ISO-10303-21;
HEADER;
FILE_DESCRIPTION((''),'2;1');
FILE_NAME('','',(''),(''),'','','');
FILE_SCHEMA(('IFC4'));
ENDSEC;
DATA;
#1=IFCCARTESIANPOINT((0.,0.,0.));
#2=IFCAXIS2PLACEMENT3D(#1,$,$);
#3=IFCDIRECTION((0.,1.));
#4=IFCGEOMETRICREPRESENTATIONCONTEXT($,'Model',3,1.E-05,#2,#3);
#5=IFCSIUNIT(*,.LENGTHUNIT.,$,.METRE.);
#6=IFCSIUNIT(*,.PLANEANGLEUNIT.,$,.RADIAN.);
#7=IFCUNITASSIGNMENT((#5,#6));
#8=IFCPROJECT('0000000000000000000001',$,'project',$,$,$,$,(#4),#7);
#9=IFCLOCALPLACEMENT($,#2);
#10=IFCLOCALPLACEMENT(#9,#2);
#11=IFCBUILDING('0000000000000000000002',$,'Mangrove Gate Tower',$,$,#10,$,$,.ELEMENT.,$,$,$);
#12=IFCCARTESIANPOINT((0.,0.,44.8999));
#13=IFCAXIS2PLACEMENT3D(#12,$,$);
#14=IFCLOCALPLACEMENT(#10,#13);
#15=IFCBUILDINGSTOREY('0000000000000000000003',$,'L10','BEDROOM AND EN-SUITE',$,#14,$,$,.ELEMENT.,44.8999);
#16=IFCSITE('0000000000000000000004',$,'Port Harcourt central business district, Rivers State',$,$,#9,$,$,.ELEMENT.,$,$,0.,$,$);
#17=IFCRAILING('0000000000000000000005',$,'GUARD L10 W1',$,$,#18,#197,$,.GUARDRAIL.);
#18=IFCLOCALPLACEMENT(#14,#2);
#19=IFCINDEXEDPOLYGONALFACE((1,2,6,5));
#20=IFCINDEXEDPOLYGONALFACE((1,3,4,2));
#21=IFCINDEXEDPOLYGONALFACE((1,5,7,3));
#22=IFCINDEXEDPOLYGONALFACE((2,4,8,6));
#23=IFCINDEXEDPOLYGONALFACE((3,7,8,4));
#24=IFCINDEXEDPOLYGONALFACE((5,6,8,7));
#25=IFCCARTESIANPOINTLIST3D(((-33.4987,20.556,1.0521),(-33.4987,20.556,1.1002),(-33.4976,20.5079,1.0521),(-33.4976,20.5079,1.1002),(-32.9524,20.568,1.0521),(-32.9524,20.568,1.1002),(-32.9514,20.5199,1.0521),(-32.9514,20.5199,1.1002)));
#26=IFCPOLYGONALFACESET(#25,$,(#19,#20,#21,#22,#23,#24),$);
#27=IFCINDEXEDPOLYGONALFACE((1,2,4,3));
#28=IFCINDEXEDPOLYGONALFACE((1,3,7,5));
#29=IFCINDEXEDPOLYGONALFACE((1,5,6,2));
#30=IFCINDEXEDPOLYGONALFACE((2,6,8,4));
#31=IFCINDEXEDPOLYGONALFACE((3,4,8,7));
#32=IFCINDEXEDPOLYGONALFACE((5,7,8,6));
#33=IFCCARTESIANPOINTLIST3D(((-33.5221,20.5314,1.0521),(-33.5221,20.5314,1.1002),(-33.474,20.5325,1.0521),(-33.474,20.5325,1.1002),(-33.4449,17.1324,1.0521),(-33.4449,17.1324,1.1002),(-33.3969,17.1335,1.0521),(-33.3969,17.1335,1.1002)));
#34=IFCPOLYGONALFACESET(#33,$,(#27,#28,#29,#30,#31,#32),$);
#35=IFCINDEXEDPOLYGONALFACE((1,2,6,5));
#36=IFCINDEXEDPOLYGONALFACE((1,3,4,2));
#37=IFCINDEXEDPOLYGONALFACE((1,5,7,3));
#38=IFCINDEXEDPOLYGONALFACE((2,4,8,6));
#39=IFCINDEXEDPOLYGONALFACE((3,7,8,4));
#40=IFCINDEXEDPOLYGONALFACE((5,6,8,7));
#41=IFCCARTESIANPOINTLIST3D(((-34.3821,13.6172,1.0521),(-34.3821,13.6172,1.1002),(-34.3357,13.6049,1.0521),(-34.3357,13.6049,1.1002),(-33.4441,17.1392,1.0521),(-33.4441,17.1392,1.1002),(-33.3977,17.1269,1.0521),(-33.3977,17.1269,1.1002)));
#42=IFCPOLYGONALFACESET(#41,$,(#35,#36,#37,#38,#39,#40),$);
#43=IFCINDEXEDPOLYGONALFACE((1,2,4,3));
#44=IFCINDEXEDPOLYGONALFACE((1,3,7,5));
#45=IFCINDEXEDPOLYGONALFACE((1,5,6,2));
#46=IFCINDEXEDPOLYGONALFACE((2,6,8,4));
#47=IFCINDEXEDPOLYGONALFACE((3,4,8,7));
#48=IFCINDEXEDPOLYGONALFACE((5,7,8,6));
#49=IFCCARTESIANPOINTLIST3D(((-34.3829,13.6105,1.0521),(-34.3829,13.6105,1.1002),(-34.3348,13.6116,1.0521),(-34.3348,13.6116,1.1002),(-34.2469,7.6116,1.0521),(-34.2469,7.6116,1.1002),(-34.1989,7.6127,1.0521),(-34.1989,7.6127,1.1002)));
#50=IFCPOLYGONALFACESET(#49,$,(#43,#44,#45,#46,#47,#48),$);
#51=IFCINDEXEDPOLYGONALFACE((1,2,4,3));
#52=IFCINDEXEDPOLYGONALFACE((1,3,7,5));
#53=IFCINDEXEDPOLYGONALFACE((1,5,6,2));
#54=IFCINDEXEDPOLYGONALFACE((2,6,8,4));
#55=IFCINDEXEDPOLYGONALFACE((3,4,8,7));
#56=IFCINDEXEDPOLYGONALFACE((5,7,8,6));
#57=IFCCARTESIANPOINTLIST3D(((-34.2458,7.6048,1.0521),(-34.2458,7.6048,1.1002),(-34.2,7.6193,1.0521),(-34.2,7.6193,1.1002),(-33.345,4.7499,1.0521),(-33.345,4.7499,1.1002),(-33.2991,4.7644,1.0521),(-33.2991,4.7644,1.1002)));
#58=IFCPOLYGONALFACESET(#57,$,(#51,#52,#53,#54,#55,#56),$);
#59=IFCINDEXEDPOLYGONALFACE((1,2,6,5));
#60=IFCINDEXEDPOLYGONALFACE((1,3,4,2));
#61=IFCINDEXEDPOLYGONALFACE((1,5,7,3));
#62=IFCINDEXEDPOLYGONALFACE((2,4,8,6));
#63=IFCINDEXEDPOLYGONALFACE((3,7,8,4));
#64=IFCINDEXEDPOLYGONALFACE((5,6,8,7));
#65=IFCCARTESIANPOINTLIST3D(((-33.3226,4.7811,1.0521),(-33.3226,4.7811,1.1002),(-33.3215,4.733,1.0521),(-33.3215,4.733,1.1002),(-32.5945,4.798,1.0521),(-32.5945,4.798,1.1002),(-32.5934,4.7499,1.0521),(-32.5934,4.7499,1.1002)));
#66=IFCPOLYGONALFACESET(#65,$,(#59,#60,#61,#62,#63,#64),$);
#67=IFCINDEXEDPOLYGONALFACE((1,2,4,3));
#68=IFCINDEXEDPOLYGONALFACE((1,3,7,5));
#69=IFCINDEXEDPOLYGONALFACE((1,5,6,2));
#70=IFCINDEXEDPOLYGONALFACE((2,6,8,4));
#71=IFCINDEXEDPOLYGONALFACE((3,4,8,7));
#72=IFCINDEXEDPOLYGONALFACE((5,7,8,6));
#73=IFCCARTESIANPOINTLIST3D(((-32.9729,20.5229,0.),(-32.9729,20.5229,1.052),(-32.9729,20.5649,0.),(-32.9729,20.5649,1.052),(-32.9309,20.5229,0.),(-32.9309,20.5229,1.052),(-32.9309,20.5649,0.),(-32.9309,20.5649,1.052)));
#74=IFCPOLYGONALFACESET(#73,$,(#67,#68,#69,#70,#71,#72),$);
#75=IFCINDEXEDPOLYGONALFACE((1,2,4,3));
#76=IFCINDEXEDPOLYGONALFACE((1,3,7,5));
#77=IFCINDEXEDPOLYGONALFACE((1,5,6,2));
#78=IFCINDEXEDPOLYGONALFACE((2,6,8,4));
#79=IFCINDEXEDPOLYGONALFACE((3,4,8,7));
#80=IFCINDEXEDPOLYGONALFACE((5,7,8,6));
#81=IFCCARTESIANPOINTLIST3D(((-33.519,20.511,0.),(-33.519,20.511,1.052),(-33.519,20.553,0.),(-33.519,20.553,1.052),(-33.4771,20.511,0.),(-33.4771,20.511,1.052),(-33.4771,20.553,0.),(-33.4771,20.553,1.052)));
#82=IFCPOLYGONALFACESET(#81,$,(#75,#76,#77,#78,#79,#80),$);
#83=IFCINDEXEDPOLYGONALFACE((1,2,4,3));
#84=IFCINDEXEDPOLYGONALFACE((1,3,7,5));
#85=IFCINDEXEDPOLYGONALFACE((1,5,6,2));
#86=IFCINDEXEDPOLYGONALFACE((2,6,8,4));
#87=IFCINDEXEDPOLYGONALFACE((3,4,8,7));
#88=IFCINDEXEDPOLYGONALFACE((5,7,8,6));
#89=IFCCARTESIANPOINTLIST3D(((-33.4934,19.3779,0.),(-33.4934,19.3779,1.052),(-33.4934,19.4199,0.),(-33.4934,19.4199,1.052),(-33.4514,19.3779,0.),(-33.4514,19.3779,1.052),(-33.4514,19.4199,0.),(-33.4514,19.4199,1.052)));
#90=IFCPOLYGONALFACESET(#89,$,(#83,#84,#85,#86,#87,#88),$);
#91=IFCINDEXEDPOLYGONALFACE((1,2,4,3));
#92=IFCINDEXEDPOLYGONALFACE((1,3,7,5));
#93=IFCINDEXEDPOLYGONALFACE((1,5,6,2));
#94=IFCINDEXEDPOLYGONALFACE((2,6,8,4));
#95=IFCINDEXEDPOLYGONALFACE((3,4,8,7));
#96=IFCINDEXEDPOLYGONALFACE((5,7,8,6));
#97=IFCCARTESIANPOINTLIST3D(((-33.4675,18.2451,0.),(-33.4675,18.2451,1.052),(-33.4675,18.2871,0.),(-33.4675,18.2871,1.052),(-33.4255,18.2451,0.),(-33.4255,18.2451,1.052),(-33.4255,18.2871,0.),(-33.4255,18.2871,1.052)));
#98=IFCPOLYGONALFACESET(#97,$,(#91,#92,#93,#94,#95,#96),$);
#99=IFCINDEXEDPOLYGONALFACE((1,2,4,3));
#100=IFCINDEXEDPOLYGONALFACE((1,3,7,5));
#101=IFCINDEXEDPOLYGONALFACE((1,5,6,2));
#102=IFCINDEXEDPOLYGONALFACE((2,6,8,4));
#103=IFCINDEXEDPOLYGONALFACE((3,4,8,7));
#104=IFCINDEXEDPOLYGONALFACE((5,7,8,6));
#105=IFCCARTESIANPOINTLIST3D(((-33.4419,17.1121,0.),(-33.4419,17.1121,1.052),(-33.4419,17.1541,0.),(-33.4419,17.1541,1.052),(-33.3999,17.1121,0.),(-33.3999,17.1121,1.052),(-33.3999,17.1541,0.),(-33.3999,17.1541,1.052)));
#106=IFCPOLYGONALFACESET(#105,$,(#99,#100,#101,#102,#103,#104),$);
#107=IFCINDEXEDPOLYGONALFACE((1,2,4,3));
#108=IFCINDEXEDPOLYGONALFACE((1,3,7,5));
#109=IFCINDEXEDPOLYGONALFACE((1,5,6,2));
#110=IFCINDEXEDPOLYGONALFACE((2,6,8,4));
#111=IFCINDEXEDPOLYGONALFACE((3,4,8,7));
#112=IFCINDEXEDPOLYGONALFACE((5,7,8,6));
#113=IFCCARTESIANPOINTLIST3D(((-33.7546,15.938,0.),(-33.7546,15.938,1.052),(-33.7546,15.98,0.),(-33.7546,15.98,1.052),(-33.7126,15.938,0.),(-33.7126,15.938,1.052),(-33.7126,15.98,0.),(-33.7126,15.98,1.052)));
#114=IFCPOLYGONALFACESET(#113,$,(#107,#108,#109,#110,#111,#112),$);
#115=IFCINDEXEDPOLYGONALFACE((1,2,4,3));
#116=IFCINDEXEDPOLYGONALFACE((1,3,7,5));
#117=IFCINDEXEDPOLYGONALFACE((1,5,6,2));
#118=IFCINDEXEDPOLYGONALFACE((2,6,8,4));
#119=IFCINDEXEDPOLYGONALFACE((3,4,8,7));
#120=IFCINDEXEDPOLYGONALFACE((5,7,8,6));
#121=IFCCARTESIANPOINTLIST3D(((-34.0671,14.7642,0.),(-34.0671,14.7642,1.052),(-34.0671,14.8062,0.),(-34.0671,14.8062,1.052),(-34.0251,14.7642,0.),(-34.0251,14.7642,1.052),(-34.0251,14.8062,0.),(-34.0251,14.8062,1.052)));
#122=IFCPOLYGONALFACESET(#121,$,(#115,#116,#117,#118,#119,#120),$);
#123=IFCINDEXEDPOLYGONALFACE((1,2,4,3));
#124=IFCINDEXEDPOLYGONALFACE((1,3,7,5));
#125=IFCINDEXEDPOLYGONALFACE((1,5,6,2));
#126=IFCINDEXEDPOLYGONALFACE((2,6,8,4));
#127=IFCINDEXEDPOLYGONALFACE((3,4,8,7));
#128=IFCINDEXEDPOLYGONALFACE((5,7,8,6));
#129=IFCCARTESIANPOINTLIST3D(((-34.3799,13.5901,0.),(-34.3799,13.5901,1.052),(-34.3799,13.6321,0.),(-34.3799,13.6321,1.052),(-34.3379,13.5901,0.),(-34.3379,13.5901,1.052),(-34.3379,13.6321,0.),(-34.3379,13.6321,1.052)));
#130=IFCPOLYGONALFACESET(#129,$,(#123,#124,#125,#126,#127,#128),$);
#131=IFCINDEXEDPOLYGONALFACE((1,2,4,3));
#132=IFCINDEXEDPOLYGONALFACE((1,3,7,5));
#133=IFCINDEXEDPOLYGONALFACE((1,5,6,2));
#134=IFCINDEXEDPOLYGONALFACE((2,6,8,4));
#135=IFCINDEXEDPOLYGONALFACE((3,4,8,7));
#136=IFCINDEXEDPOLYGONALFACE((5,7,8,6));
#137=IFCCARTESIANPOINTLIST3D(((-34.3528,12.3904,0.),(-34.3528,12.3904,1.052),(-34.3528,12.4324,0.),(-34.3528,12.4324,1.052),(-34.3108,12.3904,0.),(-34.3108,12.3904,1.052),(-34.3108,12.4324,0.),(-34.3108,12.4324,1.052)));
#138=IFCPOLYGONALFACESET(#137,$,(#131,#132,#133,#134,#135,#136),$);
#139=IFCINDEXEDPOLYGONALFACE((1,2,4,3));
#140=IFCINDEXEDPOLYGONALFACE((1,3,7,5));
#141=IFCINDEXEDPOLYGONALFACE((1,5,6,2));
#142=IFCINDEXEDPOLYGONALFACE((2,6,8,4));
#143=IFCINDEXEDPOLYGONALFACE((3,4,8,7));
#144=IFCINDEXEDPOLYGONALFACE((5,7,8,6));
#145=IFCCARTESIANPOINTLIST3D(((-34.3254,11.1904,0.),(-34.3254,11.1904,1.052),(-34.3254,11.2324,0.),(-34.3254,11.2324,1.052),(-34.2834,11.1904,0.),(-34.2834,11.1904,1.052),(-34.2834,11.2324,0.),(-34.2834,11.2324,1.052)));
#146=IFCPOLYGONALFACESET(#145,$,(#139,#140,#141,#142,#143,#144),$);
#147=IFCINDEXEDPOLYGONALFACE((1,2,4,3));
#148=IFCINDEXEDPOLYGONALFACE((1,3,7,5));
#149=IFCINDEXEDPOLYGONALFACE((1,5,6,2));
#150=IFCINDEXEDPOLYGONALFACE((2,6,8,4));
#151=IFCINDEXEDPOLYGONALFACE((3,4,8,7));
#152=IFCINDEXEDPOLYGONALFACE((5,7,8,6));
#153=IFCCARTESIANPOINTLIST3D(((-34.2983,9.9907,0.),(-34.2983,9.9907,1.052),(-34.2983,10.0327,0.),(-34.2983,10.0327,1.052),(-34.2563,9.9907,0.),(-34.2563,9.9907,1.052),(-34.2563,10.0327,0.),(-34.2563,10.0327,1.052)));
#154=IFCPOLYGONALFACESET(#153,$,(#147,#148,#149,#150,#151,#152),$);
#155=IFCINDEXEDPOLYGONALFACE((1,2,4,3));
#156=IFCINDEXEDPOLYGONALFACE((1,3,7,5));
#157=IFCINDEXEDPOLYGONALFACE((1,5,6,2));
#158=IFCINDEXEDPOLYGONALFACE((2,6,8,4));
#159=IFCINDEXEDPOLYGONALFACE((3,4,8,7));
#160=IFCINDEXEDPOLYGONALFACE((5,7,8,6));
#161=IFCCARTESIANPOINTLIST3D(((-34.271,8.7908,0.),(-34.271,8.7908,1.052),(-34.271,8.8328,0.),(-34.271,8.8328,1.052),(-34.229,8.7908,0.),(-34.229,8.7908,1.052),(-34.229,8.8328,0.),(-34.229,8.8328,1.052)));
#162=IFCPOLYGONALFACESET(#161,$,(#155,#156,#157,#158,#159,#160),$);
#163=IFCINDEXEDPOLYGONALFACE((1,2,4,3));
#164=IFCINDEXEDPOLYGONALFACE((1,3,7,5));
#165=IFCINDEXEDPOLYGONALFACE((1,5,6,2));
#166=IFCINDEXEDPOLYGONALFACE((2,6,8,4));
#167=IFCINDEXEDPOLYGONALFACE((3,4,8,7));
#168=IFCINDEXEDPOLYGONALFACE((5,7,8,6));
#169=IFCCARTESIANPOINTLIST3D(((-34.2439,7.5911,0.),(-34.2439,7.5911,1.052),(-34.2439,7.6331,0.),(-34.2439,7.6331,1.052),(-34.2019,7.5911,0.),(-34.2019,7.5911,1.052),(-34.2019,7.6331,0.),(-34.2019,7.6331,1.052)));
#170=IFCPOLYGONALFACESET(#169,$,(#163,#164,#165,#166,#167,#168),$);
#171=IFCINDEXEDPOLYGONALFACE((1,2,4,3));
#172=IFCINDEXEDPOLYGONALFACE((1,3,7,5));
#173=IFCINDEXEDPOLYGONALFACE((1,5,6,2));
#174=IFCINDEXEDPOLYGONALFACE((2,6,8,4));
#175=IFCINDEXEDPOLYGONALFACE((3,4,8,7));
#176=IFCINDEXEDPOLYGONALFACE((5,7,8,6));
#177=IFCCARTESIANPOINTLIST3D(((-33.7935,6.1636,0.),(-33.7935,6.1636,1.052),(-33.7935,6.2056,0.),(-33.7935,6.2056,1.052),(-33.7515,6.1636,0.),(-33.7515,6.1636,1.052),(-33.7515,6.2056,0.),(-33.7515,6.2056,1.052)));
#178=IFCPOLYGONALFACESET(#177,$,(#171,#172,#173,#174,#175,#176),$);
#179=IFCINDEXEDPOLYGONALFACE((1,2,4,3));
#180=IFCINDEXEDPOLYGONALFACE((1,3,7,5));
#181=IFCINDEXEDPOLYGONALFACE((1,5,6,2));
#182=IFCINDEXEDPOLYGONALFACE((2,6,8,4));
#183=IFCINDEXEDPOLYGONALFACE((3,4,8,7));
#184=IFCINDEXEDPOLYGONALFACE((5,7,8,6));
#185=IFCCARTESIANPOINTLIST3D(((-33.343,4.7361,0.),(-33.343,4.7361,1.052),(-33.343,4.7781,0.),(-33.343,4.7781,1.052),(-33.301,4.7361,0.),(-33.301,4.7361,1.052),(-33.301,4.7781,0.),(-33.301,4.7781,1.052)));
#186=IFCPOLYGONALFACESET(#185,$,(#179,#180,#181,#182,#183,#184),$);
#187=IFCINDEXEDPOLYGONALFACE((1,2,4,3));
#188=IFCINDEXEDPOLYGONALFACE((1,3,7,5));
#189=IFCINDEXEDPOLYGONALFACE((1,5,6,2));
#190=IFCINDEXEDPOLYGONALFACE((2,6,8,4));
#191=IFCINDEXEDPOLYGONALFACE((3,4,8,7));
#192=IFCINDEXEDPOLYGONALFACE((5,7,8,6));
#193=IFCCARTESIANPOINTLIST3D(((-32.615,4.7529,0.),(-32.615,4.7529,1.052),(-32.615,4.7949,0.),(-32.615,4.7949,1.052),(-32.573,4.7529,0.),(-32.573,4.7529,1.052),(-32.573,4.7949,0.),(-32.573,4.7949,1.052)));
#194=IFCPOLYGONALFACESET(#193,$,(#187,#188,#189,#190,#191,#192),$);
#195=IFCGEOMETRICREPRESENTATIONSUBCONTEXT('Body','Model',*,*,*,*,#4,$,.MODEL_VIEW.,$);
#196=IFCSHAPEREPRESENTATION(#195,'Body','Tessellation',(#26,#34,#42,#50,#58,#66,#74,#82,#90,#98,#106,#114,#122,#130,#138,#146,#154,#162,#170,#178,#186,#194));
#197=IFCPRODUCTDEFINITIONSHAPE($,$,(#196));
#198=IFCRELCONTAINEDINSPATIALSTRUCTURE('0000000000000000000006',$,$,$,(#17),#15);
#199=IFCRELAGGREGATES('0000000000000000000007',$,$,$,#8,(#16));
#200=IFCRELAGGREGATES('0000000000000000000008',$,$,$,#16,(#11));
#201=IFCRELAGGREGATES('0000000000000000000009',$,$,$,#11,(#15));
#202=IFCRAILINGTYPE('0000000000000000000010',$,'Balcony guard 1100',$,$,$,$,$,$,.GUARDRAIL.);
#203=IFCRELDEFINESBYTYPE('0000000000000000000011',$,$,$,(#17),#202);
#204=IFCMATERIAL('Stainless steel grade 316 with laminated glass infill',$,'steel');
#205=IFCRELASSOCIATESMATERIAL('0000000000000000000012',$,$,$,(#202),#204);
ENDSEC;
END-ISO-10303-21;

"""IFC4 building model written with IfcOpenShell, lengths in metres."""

from ifc_helpers import new_model, si_unit, direction, frame, origin, origin_2d, place, context, subcontext, project, spatial, rectangle, extrude, material, type_object, element, save


model = new_model("IFC4")

# Units and contexts
model_context = context("Model", 3, precision=1e-05, world=origin(), true_north=direction((0.0, 1.0)))
body_context = subcontext(model_context, "Body", "Model", "MODEL_VIEW")
ifc_project = project(units=[si_unit("LENGTHUNIT", "METRE"), si_unit("PLANEANGLEUNIT", "RADIAN")], contexts=[model_context])

# Site, building, storey
site_placement = place(None, origin())
site = spatial("IfcSite", under=ifc_project, at=site_placement, Name="Port Harcourt central business district, Rivers State", CompositionType="ELEMENT", RefElevation=0.0)
building_placement = place(site_placement, origin())
building = spatial("IfcBuilding", under=site, at=building_placement, Name="Mangrove Gate Tower", CompositionType="ELEMENT")
storey_placement = place(building_placement, frame((0.0, 0.0, 44.8999)))
storey = spatial("IfcBuildingStorey", under=building, at=storey_placement, Name="L10", Description="BEDROOM AND EN-SUITE", CompositionType="ELEMENT", Elevation=44.8999)

# Railing
ifc_material_1 = material(Name="Stainless steel grade 316 with laminated glass infill", Category="steel")
railing_type = type_object("IfcRailingType", Name="Balcony guard 1100", PredefinedType="GUARDRAIL", material=ifc_material_1)
railing_placement = place(storey_placement, frame((-32.9519, 20.5439, 0.0)))
element("IfcRailing", 1, at=railing_placement, inside=storey, type_object=railing_type, Name="GUARD L10 W1", PredefinedType="GUARDRAIL", context=body_context, shape_type="SweptSolid", body=[
    extrude(rectangle(XDim=0.0481, YDim=0.0481, at=origin_2d()), frame((0.0, 0.0, 1.0762), z_axis=(-0.99976, -0.021899, 0.0), x_axis=(0.021899, -0.99976, 0.0)), (0.0, 0.0, 1.0), 0.5464),
    extrude(rectangle(XDim=0.0481, YDim=0.0481, at=origin_2d()), frame((-0.5461, -0.012, 1.0762), z_axis=(0.022692, -0.999743, 0.0), x_axis=(0.999743, 0.022692, 0.0)), (0.0, 0.0, 1.0), 3.3999),
    extrude(rectangle(XDim=0.0481, YDim=0.0481, at=origin_2d()), frame((-0.469, -3.4109, 1.0762), z_axis=(-0.257354, -0.966317, 0.0), x_axis=(0.966317, -0.257354, 0.0)), (0.0, 0.0, 1.0), 3.6448),
    extrude(rectangle(XDim=0.0481, YDim=0.0481, at=origin_2d()), frame((-1.407, -6.9329, 1.0762), z_axis=(0.022662, -0.999743, 0.0), x_axis=(0.999743, 0.022662, 0.0)), (0.0, 0.0, 1.0), 6.0005),
    extrude(rectangle(XDim=0.0481, YDim=0.0481, at=origin_2d()), frame((-1.271, -12.9319, 1.0762), z_axis=(0.300921, -0.953649, 0.0), x_axis=(0.953649, 0.300921, 0.0)), (0.0, 0.0, 1.0), 2.9937),
    extrude(rectangle(XDim=0.0481, YDim=0.0481, at=origin_2d()), frame((-0.3701, -15.7869, 1.0762), z_axis=(0.999732, 0.023133, 0.0), x_axis=(-0.023133, 0.999732, 0.0)), (0.0, 0.0, 1.0), 0.7283),
    extrude(rectangle(XDim=0.042, YDim=0.042, at=origin_2d()), origin(), (0.0, 0.0, 1.0), 1.052),
    extrude(rectangle(XDim=0.042, YDim=0.042, at=origin_2d()), frame((-0.5461, -0.012, 0.0)), (0.0, 0.0, 1.0), 1.052),
    extrude(rectangle(XDim=0.042, YDim=0.042, at=origin_2d()), frame((-0.5205, -1.145, 0.0)), (0.0, 0.0, 1.0), 1.052),
    extrude(rectangle(XDim=0.042, YDim=0.042, at=origin_2d()), frame((-0.4946, -2.2778, 0.0)), (0.0, 0.0, 1.0), 1.052),
    extrude(rectangle(XDim=0.042, YDim=0.042, at=origin_2d()), frame((-0.469, -3.4109, 0.0)), (0.0, 0.0, 1.0), 1.052),
    extrude(rectangle(XDim=0.042, YDim=0.042, at=origin_2d()), frame((-0.7817, -4.585, 0.0)), (0.0, 0.0, 1.0), 1.052),
    extrude(rectangle(XDim=0.042, YDim=0.042, at=origin_2d()), frame((-1.0942, -5.7588, 0.0)), (0.0, 0.0, 1.0), 1.052),
    extrude(rectangle(XDim=0.042, YDim=0.042, at=origin_2d()), frame((-1.407, -6.9329, 0.0)), (0.0, 0.0, 1.0), 1.052),
    extrude(rectangle(XDim=0.042, YDim=0.042, at=origin_2d()), frame((-1.3799, -8.1326, 0.0)), (0.0, 0.0, 1.0), 1.052),
    extrude(rectangle(XDim=0.042, YDim=0.042, at=origin_2d()), frame((-1.3525, -9.3325, 0.0)), (0.0, 0.0, 1.0), 1.052),
    extrude(rectangle(XDim=0.042, YDim=0.042, at=origin_2d()), frame((-1.3254, -10.5322, 0.0)), (0.0, 0.0, 1.0), 1.052),
    extrude(rectangle(XDim=0.042, YDim=0.042, at=origin_2d()), frame((-1.2981, -11.7322, 0.0)), (0.0, 0.0, 1.0), 1.052),
    extrude(rectangle(XDim=0.042, YDim=0.042, at=origin_2d()), frame((-1.271, -12.9319, 0.0)), (0.0, 0.0, 1.0), 1.052),
    extrude(rectangle(XDim=0.042, YDim=0.042, at=origin_2d()), frame((-0.8206, -14.3594, 0.0)), (0.0, 0.0, 1.0), 1.052),
    extrude(rectangle(XDim=0.042, YDim=0.042, at=origin_2d()), frame((-0.3701, -15.7869, 0.0)), (0.0, 0.0, 1.0), 1.052),
    extrude(rectangle(XDim=0.042, YDim=0.042, at=origin_2d()), frame((0.3579, -15.77, 0.0)), (0.0, 0.0, 1.0), 1.052),
])

save(model, "model.ifc")
